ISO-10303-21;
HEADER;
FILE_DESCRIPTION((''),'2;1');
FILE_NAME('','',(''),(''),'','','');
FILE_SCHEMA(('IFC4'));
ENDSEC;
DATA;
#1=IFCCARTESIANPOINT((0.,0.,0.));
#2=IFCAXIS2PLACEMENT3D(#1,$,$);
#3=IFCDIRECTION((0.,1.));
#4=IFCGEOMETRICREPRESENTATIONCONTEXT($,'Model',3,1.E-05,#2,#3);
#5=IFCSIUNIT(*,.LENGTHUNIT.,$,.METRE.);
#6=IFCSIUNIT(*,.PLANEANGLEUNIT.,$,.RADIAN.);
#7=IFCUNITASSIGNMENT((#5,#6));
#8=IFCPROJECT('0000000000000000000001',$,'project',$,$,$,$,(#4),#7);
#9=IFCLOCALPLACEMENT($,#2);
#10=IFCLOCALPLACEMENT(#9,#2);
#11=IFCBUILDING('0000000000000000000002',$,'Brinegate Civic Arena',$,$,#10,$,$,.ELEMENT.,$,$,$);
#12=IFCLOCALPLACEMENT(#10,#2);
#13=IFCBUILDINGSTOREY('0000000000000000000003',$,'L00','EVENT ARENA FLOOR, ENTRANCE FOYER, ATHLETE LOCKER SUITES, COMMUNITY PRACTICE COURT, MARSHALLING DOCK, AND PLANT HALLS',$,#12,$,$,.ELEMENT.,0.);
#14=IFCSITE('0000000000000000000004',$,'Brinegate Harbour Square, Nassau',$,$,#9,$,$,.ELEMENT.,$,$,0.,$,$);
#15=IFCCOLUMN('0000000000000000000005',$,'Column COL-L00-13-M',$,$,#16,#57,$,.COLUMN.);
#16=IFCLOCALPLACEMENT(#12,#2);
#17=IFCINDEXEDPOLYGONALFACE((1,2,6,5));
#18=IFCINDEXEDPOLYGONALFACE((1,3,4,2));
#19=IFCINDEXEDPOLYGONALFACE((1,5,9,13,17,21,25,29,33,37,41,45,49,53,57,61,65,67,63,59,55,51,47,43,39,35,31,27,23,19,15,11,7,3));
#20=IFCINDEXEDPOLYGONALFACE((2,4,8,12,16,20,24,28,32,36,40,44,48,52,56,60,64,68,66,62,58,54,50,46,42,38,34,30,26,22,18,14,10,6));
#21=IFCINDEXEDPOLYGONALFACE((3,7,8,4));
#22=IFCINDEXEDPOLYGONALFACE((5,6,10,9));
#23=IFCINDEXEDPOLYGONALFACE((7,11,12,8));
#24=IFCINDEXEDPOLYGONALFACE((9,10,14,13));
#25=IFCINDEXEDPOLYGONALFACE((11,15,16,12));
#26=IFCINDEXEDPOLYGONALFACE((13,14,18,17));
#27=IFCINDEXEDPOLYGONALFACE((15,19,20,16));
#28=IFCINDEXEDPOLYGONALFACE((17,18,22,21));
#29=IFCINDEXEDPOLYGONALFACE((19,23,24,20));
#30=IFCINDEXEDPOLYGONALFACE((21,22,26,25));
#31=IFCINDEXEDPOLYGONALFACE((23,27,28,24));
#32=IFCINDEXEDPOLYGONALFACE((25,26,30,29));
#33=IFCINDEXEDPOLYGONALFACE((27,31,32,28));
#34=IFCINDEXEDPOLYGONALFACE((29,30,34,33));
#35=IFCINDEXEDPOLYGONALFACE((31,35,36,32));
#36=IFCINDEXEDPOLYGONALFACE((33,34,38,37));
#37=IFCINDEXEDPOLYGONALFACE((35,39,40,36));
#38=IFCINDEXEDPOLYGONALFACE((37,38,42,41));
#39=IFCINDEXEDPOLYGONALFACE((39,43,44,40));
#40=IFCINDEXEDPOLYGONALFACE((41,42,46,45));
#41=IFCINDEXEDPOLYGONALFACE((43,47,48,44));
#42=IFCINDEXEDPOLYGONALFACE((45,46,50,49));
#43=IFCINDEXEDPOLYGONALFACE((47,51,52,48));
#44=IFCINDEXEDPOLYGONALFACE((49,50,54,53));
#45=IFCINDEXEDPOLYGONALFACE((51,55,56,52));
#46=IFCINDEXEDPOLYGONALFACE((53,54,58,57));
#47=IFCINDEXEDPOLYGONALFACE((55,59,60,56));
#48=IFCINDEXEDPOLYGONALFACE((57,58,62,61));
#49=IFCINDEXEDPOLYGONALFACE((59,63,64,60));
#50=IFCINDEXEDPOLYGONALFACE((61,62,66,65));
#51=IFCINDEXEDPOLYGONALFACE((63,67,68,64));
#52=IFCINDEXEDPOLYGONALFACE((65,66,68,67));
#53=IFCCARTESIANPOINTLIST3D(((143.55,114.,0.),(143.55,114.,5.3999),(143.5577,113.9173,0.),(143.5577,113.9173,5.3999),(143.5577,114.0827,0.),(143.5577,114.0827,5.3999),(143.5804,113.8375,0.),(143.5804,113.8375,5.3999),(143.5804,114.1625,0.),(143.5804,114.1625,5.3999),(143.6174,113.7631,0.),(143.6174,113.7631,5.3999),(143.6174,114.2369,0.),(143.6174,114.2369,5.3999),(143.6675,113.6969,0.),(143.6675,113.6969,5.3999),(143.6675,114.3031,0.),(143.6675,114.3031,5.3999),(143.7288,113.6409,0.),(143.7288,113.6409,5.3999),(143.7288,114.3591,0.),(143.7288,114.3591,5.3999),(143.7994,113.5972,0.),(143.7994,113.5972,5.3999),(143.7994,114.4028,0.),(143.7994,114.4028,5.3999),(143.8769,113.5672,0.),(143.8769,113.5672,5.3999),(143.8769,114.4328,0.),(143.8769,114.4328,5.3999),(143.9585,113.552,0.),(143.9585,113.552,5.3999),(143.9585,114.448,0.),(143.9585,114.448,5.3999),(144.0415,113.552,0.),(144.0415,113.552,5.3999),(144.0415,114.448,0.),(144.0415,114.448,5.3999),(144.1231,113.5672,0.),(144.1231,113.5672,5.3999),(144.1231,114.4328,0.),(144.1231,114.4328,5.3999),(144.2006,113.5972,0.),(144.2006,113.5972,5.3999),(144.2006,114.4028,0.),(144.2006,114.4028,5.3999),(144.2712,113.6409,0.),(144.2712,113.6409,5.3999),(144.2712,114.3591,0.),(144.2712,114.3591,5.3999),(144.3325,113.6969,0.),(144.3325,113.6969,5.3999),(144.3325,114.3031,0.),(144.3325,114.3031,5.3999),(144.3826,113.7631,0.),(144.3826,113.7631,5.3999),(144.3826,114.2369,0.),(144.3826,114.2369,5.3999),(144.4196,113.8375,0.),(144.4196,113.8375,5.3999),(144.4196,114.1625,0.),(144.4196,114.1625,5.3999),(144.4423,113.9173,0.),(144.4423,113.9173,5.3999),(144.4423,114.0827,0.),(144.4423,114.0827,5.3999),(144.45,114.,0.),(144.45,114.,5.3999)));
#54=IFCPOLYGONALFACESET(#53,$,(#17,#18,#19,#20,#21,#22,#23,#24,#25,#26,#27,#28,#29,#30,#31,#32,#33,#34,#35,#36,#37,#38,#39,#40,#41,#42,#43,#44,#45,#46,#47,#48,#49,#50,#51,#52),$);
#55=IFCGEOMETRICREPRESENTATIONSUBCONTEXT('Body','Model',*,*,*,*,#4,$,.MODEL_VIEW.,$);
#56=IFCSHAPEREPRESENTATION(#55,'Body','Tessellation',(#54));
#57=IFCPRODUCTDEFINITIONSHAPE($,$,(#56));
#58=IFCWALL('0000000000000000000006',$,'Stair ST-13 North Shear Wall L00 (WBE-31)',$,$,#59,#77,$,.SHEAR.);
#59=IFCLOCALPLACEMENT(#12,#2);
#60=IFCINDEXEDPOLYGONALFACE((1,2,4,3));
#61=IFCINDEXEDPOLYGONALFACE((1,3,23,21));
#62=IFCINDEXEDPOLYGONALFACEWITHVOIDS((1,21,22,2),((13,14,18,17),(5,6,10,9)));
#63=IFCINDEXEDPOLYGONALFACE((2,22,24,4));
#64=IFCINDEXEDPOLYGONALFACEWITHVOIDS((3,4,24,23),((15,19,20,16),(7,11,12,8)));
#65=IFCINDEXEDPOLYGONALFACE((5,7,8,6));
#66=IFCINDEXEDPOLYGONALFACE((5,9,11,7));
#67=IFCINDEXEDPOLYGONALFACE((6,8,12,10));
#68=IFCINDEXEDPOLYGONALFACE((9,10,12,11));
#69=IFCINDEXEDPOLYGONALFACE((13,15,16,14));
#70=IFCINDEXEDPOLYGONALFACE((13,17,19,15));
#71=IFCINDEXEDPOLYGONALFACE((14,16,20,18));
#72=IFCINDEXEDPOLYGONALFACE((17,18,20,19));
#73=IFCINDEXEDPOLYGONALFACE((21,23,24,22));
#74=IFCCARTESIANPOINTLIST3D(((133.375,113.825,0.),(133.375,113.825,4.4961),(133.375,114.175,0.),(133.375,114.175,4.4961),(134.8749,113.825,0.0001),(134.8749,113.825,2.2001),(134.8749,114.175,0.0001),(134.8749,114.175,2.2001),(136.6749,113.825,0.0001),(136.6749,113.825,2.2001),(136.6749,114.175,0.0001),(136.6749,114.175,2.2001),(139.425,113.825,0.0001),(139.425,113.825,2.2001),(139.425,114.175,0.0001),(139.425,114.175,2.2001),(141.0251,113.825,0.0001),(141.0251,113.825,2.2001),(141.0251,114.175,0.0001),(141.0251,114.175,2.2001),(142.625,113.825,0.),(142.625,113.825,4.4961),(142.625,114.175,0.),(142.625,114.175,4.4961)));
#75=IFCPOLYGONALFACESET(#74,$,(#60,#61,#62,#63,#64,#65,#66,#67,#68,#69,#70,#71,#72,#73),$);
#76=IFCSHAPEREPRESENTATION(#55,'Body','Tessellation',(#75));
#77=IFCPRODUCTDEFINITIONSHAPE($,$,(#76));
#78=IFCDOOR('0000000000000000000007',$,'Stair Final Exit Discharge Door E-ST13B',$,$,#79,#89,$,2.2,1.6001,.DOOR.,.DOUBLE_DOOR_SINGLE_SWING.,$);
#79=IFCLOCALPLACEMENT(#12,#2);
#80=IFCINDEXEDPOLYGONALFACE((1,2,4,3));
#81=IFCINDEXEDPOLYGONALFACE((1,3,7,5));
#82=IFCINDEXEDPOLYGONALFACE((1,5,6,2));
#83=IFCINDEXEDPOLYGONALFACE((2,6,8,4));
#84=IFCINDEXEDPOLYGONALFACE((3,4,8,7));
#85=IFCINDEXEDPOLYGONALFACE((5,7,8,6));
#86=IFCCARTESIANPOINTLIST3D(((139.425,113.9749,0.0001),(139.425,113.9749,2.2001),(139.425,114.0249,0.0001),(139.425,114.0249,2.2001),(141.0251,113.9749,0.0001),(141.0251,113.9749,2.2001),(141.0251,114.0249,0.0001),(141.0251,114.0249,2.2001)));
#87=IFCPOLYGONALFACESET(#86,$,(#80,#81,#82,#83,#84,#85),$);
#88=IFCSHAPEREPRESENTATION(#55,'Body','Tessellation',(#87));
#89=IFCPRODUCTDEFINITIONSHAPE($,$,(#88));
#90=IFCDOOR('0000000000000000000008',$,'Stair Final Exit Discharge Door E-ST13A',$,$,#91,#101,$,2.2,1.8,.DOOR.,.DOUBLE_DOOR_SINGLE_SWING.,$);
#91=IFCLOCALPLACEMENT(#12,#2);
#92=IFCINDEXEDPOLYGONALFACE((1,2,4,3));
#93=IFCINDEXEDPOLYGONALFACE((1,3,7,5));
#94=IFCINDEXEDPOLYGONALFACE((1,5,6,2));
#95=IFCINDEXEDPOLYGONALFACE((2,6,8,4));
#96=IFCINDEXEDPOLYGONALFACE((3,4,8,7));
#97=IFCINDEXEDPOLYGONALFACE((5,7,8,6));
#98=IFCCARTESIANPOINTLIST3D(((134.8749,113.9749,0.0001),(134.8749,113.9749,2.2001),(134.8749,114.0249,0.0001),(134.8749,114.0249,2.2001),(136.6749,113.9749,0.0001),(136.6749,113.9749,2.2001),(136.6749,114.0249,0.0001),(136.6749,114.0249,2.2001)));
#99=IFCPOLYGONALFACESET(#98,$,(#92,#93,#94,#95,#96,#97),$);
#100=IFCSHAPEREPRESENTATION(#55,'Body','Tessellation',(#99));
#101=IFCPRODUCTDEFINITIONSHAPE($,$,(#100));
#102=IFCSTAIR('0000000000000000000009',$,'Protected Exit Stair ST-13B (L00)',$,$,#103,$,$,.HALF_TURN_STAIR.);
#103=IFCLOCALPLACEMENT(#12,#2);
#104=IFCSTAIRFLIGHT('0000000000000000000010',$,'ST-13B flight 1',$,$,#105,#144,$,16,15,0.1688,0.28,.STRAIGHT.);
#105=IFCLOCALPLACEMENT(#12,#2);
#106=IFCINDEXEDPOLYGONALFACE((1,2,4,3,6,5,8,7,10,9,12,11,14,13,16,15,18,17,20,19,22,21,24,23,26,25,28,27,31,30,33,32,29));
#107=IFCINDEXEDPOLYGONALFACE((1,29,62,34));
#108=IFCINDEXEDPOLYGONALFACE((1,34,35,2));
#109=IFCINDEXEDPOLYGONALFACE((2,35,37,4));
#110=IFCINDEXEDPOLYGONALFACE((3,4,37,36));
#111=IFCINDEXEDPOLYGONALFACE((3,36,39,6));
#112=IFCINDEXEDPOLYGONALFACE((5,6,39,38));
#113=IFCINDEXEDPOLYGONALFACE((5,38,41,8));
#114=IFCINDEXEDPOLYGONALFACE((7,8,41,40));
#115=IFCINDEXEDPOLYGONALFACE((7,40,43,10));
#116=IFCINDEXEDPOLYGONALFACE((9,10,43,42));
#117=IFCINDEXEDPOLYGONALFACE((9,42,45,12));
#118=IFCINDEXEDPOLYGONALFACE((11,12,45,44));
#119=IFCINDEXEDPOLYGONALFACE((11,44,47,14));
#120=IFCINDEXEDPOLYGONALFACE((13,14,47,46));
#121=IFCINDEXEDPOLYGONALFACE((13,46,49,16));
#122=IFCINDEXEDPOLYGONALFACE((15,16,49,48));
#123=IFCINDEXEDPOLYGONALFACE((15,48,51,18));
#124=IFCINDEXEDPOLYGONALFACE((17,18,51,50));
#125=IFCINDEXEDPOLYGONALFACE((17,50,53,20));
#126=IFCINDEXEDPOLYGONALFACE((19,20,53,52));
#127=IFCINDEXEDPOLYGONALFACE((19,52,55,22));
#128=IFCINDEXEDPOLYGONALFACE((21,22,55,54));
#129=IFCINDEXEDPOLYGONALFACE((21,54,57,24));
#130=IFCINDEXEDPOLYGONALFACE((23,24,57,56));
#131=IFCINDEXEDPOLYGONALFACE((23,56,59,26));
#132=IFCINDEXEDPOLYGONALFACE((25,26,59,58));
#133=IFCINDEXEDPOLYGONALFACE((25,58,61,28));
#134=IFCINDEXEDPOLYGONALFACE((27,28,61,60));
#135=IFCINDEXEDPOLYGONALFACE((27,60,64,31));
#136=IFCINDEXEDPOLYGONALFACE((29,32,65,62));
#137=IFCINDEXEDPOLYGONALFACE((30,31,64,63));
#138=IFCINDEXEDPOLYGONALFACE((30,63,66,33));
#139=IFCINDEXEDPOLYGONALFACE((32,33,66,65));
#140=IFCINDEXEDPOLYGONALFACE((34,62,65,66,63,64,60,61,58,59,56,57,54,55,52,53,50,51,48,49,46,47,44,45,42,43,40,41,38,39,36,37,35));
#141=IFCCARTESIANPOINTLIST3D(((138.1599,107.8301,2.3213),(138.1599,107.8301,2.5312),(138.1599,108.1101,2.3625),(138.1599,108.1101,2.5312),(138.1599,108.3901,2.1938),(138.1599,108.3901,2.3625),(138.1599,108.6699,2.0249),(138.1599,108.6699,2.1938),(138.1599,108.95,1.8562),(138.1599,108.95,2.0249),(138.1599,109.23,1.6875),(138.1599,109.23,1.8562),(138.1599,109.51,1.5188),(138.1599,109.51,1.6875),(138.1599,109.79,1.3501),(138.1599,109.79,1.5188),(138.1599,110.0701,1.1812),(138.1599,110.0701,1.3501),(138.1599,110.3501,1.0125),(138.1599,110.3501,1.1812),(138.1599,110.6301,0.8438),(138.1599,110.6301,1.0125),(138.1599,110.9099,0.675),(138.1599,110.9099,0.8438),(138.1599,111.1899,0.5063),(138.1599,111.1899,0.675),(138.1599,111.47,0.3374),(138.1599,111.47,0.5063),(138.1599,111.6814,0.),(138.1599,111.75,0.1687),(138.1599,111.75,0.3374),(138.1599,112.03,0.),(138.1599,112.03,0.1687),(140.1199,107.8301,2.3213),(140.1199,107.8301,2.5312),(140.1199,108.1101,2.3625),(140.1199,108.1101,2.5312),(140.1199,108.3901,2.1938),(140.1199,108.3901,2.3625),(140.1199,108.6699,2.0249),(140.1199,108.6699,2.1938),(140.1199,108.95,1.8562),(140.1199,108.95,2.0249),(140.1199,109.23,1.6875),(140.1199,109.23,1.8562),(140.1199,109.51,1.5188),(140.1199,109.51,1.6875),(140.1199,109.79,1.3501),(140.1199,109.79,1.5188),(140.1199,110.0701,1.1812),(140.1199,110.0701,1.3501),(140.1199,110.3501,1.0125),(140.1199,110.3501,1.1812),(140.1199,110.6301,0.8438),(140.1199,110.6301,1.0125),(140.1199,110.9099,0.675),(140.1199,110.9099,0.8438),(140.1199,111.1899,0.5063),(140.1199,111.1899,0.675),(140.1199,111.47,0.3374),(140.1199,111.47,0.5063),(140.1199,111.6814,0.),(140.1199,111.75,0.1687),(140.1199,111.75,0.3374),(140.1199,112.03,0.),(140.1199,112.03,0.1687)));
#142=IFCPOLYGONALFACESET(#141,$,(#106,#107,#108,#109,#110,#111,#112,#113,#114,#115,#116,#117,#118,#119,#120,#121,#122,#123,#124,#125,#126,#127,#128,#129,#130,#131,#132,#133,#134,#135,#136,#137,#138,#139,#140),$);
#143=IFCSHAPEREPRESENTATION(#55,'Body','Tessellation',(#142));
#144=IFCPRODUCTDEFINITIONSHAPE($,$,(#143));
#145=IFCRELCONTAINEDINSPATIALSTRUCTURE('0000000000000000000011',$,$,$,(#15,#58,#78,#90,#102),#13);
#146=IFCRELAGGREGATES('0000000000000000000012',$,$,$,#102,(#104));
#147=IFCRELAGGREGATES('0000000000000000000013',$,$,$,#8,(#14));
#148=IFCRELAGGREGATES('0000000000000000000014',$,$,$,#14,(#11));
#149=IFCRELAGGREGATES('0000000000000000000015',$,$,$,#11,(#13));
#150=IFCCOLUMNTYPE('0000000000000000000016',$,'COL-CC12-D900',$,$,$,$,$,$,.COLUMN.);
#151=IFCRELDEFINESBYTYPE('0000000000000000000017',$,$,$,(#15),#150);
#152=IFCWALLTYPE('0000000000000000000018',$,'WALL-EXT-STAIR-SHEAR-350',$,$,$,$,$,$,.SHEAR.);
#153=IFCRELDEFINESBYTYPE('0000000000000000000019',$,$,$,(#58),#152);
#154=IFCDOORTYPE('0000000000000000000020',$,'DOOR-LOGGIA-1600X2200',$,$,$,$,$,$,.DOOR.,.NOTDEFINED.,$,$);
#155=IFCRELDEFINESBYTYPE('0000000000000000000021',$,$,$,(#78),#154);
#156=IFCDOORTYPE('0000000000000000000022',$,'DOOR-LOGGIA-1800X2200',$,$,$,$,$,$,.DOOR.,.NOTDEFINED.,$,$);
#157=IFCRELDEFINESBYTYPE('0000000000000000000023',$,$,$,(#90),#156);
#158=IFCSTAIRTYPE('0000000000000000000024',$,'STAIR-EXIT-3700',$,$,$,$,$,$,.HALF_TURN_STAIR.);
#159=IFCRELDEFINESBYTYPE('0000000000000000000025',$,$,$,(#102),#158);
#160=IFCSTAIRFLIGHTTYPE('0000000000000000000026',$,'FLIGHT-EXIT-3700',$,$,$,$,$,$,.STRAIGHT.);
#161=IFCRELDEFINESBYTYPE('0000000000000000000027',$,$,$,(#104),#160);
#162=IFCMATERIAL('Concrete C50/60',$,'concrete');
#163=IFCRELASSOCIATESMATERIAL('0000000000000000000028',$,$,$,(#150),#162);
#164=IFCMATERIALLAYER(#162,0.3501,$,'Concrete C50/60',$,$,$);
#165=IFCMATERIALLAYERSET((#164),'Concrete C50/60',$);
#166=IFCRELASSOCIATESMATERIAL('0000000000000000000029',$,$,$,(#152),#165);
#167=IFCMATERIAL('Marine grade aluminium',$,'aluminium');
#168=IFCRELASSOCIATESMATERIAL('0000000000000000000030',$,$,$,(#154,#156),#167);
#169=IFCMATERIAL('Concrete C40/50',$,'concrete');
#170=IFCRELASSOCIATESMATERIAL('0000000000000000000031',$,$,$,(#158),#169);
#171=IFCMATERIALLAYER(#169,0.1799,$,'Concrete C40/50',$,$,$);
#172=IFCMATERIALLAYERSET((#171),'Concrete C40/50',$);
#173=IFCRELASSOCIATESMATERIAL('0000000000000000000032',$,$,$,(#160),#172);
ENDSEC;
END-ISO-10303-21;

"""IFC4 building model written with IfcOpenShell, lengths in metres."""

from ifc_helpers import new_model, si_unit, direction, frame, frame_2d, origin, origin_2d, place, context, subcontext, project, spatial, polyline, rectangle, circle, outline, extrude, material, layer, layer_set, material_profile, profile_set, type_object, element, fill, aggregate, save


model = new_model("IFC4")

# Units and contexts
model_context = context("Model", 3, precision=1e-05, world=origin(), true_north=direction((0.0, 1.0)))
body_context = subcontext(model_context, "Body", "Model", "MODEL_VIEW")
ifc_project = project(units=[si_unit("LENGTHUNIT", "METRE"), si_unit("PLANEANGLEUNIT", "RADIAN")], contexts=[model_context])

# Site, building, storey
site_placement = place(None, origin())
site = spatial("IfcSite", under=ifc_project, at=site_placement, Name="Brinegate Harbour Square, Nassau", CompositionType="ELEMENT", RefElevation=0.0)
building_placement = place(site_placement, origin())
building = spatial("IfcBuilding", under=site, at=building_placement, Name="Brinegate Civic Arena", CompositionType="ELEMENT")
storey_placement = place(building_placement, origin())
storey = spatial("IfcBuildingStorey", under=building, at=storey_placement, Name="L00", Description="EVENT ARENA FLOOR, ENTRANCE FOYER, ATHLETE LOCKER SUITES, COMMUNITY PRACTICE COURT, MARSHALLING DOCK, AND PLANT HALLS", CompositionType="ELEMENT", Elevation=0.0)

# Shared definitions
ifc_material_1 = material(Name="Concrete C40/50", Category="concrete")

# Column
ifc_material_2 = material(Name="Concrete C50/60", Category="concrete")
ifc_material_profile_1 = material_profile(ifc_material_2, circle(Radius=0.45, at=origin_2d()), Name="RCD900")
ifc_profile_set_1 = profile_set([ifc_material_profile_1], Name="Concrete C50/60")
column_type = type_object("IfcColumnType", Name="COL-CC12-D900", PredefinedType="COLUMN", material=ifc_profile_set_1)
column_placement = place(storey_placement, frame((144.0, 114.0, 0.0), z_axis=(0.0, 0.0, 1.0), x_axis=(1.0, 0.0, 0.0)))
element("IfcColumn", 1, at=column_placement, inside=storey, type_object=column_type, Name="Column COL-L00-13-M", PredefinedType="COLUMN", context=body_context, shape_type="SweptSolid", body=[
    extrude(circle(Radius=0.45, at=origin_2d()), origin(), (0.0, 0.0, 1.0), 5.3999),
])

# Wall, openings, doors
ifc_material_3 = material(Name="Marine grade aluminium", Category="aluminium")
ifc_layer_1 = layer(ifc_material_2, 0.3501, Name="Concrete C50/60")
ifc_layer_set_1 = layer_set([ifc_layer_1], Name="Concrete C50/60")
wall_type_1 = type_object("IfcWallType", Name="WALL-EXT-STAIR-SHEAR-350", PredefinedType="SHEAR", material=ifc_layer_set_1)
wall_1_placement = place(storey_placement, frame((133.375, 114.0, 0.0), z_axis=(0.0, 0.0, 1.0), x_axis=(1.0, 0.0, 0.0)))
wall_1 = element("IfcWall", 2, at=wall_1_placement, inside=storey, type_object=wall_type_1, Name="Stair ST-13 North Shear Wall L00 (WBE-31)", PredefinedType="SHEAR", context=body_context, shape_type="SweptSolid", body=[
    extrude(rectangle(XDim=9.25, YDim=0.3501, at=frame_2d((4.625, 0.0))), origin(), (0.0, 0.0, 1.0), 4.4961),
])
opening_1_placement = place(wall_1_placement, frame((1.5, 0.0, 0.0)))
opening_1 = element("IfcOpeningElement", 3, at=opening_1_placement, cuts=wall_1, PredefinedType="OPENING", context=body_context, shape_type="SweptSolid", body=[
    extrude(rectangle(XDim=1.8, YDim=2.2, at=frame_2d((0.8999, 1.1001))), frame((0.0, 0.1851, 0.0), z_axis=(0.0, -1.0, 0.0), x_axis=(1.0, 0.0, 0.0)), (0.0, 0.0, 1.0), 0.3701),
])
opening_2_placement = place(wall_1_placement, frame((6.05, 0.0, 0.0)))
opening_2 = element("IfcOpeningElement", 4, at=opening_2_placement, cuts=wall_1, PredefinedType="OPENING", context=body_context, shape_type="SweptSolid", body=[
    extrude(rectangle(XDim=1.6001, YDim=2.2, at=frame_2d((0.8, 1.1001))), frame((0.0, 0.1851, 0.0), z_axis=(0.0, -1.0, 0.0), x_axis=(1.0, 0.0, 0.0)), (0.0, 0.0, 1.0), 0.3701),
])
door_type_1 = type_object("IfcDoorType", Name="DOOR-LOGGIA-1600X2200", OperationType="NOTDEFINED", PredefinedType="DOOR", material=ifc_material_3)
door_1_placement = place(opening_2_placement, origin())
door_1 = element("IfcDoor", 5, at=door_1_placement, inside=storey, type_object=door_type_1, Name="Stair Final Exit Discharge Door E-ST13B", OperationType="DOUBLE_DOOR_SINGLE_SWING", OverallHeight=2.2, OverallWidth=1.6001, PredefinedType="DOOR", context=body_context, shape_type="SweptSolid", body=[
    extrude(rectangle(XDim=1.6001, YDim=2.2, at=frame_2d((0.8, 1.1001))), frame((0.0, 0.0249, 0.0), z_axis=(0.0, -1.0, 0.0), x_axis=(1.0, 0.0, 0.0)), (0.0, 0.0, 1.0), 0.05),
])
fill(opening_2, door_1)
door_type_2 = type_object("IfcDoorType", Name="DOOR-LOGGIA-1800X2200", OperationType="NOTDEFINED", PredefinedType="DOOR", material=ifc_material_3)
door_2_placement = place(opening_1_placement, origin())
door_2 = element("IfcDoor", 6, at=door_2_placement, inside=storey, type_object=door_type_2, Name="Stair Final Exit Discharge Door E-ST13A", OperationType="DOUBLE_DOOR_SINGLE_SWING", OverallHeight=2.2, OverallWidth=1.8, PredefinedType="DOOR", context=body_context, shape_type="SweptSolid", body=[
    extrude(rectangle(XDim=1.8, YDim=2.2, at=frame_2d((0.8999, 1.1001))), frame((0.0, 0.0249, 0.0), z_axis=(0.0, -1.0, 0.0), x_axis=(1.0, 0.0, 0.0)), (0.0, 0.0, 1.0), 0.05),
])
fill(opening_1, door_2)

# Stair, stair flight
stair_type_1 = type_object("IfcStairType", Name="STAIR-EXIT-3700", PredefinedType="HALF_TURN_STAIR", material=ifc_material_1)
stair_1_placement = place(storey_placement, origin())
stair_1 = element("IfcStair", 7, at=stair_1_placement, inside=storey, type_object=stair_type_1, Name="Protected Exit Stair ST-13B (L00)", PredefinedType="HALF_TURN_STAIR")
ifc_layer_2 = layer(ifc_material_1, 0.1799, Name="Concrete C40/50")
ifc_layer_set_2 = layer_set([ifc_layer_2], Name="Concrete C40/50")
stair_flight_type_1 = type_object("IfcStairFlightType", Name="FLIGHT-EXIT-3700", PredefinedType="STRAIGHT", material=ifc_layer_set_2)
stair_flight_1_placement = place(storey_placement, frame((139.1399, 112.03, 0.0), z_axis=(0.0, 0.0, 1.0), x_axis=(0.0, -1.0, 0.0)))
stair_flight_1 = element("IfcStairFlight", 8, at=stair_flight_1_placement, type_object=stair_flight_type_1, Name="ST-13B flight 1", NumberOfRisers=16, NumberOfTreads=15, PredefinedType="STRAIGHT", RiserHeight=0.1688, TreadLength=0.28, context=body_context, shape_type="SweptSolid", body=[
    extrude(outline(polyline([(0.0, 0.0), (0.0, 0.1687), (0.28, 0.1687), (0.28, 0.3374), (0.5601, 0.3374), (0.5601, 0.5063), (0.8401, 0.5063), (0.8401, 0.675), (1.1201, 0.675), (1.1201, 0.8438), (1.3999, 0.8438), (1.3999, 1.0125), (1.6799, 1.0125), (1.6799, 1.1812), (1.96, 1.1812), (1.96, 1.3501), (2.24, 1.3501), (2.24, 1.5188), (2.52, 1.5188), (2.52, 1.6875), (2.8, 1.6875), (2.8, 1.8562), (3.0801, 1.8562), (3.0801, 2.0249), (3.3601, 2.0249), (3.3601, 2.1938), (3.6399, 2.1938), (3.6399, 2.3625), (3.9199, 2.3625), (3.9199, 2.5312), (4.2, 2.5312), (4.2, 2.7), (4.2, 2.3213), (0.3486, 0.0), (0.0, 0.0)])), frame((0.0, 0.98, 0.0), z_axis=(0.0, -1.0, 0.0), x_axis=(1.0, 0.0, 0.0)), (0.0, 0.0, 1.0), 1.96),
])
aggregate(stair_1, [stair_flight_1])

save(model, "model.ifc")
